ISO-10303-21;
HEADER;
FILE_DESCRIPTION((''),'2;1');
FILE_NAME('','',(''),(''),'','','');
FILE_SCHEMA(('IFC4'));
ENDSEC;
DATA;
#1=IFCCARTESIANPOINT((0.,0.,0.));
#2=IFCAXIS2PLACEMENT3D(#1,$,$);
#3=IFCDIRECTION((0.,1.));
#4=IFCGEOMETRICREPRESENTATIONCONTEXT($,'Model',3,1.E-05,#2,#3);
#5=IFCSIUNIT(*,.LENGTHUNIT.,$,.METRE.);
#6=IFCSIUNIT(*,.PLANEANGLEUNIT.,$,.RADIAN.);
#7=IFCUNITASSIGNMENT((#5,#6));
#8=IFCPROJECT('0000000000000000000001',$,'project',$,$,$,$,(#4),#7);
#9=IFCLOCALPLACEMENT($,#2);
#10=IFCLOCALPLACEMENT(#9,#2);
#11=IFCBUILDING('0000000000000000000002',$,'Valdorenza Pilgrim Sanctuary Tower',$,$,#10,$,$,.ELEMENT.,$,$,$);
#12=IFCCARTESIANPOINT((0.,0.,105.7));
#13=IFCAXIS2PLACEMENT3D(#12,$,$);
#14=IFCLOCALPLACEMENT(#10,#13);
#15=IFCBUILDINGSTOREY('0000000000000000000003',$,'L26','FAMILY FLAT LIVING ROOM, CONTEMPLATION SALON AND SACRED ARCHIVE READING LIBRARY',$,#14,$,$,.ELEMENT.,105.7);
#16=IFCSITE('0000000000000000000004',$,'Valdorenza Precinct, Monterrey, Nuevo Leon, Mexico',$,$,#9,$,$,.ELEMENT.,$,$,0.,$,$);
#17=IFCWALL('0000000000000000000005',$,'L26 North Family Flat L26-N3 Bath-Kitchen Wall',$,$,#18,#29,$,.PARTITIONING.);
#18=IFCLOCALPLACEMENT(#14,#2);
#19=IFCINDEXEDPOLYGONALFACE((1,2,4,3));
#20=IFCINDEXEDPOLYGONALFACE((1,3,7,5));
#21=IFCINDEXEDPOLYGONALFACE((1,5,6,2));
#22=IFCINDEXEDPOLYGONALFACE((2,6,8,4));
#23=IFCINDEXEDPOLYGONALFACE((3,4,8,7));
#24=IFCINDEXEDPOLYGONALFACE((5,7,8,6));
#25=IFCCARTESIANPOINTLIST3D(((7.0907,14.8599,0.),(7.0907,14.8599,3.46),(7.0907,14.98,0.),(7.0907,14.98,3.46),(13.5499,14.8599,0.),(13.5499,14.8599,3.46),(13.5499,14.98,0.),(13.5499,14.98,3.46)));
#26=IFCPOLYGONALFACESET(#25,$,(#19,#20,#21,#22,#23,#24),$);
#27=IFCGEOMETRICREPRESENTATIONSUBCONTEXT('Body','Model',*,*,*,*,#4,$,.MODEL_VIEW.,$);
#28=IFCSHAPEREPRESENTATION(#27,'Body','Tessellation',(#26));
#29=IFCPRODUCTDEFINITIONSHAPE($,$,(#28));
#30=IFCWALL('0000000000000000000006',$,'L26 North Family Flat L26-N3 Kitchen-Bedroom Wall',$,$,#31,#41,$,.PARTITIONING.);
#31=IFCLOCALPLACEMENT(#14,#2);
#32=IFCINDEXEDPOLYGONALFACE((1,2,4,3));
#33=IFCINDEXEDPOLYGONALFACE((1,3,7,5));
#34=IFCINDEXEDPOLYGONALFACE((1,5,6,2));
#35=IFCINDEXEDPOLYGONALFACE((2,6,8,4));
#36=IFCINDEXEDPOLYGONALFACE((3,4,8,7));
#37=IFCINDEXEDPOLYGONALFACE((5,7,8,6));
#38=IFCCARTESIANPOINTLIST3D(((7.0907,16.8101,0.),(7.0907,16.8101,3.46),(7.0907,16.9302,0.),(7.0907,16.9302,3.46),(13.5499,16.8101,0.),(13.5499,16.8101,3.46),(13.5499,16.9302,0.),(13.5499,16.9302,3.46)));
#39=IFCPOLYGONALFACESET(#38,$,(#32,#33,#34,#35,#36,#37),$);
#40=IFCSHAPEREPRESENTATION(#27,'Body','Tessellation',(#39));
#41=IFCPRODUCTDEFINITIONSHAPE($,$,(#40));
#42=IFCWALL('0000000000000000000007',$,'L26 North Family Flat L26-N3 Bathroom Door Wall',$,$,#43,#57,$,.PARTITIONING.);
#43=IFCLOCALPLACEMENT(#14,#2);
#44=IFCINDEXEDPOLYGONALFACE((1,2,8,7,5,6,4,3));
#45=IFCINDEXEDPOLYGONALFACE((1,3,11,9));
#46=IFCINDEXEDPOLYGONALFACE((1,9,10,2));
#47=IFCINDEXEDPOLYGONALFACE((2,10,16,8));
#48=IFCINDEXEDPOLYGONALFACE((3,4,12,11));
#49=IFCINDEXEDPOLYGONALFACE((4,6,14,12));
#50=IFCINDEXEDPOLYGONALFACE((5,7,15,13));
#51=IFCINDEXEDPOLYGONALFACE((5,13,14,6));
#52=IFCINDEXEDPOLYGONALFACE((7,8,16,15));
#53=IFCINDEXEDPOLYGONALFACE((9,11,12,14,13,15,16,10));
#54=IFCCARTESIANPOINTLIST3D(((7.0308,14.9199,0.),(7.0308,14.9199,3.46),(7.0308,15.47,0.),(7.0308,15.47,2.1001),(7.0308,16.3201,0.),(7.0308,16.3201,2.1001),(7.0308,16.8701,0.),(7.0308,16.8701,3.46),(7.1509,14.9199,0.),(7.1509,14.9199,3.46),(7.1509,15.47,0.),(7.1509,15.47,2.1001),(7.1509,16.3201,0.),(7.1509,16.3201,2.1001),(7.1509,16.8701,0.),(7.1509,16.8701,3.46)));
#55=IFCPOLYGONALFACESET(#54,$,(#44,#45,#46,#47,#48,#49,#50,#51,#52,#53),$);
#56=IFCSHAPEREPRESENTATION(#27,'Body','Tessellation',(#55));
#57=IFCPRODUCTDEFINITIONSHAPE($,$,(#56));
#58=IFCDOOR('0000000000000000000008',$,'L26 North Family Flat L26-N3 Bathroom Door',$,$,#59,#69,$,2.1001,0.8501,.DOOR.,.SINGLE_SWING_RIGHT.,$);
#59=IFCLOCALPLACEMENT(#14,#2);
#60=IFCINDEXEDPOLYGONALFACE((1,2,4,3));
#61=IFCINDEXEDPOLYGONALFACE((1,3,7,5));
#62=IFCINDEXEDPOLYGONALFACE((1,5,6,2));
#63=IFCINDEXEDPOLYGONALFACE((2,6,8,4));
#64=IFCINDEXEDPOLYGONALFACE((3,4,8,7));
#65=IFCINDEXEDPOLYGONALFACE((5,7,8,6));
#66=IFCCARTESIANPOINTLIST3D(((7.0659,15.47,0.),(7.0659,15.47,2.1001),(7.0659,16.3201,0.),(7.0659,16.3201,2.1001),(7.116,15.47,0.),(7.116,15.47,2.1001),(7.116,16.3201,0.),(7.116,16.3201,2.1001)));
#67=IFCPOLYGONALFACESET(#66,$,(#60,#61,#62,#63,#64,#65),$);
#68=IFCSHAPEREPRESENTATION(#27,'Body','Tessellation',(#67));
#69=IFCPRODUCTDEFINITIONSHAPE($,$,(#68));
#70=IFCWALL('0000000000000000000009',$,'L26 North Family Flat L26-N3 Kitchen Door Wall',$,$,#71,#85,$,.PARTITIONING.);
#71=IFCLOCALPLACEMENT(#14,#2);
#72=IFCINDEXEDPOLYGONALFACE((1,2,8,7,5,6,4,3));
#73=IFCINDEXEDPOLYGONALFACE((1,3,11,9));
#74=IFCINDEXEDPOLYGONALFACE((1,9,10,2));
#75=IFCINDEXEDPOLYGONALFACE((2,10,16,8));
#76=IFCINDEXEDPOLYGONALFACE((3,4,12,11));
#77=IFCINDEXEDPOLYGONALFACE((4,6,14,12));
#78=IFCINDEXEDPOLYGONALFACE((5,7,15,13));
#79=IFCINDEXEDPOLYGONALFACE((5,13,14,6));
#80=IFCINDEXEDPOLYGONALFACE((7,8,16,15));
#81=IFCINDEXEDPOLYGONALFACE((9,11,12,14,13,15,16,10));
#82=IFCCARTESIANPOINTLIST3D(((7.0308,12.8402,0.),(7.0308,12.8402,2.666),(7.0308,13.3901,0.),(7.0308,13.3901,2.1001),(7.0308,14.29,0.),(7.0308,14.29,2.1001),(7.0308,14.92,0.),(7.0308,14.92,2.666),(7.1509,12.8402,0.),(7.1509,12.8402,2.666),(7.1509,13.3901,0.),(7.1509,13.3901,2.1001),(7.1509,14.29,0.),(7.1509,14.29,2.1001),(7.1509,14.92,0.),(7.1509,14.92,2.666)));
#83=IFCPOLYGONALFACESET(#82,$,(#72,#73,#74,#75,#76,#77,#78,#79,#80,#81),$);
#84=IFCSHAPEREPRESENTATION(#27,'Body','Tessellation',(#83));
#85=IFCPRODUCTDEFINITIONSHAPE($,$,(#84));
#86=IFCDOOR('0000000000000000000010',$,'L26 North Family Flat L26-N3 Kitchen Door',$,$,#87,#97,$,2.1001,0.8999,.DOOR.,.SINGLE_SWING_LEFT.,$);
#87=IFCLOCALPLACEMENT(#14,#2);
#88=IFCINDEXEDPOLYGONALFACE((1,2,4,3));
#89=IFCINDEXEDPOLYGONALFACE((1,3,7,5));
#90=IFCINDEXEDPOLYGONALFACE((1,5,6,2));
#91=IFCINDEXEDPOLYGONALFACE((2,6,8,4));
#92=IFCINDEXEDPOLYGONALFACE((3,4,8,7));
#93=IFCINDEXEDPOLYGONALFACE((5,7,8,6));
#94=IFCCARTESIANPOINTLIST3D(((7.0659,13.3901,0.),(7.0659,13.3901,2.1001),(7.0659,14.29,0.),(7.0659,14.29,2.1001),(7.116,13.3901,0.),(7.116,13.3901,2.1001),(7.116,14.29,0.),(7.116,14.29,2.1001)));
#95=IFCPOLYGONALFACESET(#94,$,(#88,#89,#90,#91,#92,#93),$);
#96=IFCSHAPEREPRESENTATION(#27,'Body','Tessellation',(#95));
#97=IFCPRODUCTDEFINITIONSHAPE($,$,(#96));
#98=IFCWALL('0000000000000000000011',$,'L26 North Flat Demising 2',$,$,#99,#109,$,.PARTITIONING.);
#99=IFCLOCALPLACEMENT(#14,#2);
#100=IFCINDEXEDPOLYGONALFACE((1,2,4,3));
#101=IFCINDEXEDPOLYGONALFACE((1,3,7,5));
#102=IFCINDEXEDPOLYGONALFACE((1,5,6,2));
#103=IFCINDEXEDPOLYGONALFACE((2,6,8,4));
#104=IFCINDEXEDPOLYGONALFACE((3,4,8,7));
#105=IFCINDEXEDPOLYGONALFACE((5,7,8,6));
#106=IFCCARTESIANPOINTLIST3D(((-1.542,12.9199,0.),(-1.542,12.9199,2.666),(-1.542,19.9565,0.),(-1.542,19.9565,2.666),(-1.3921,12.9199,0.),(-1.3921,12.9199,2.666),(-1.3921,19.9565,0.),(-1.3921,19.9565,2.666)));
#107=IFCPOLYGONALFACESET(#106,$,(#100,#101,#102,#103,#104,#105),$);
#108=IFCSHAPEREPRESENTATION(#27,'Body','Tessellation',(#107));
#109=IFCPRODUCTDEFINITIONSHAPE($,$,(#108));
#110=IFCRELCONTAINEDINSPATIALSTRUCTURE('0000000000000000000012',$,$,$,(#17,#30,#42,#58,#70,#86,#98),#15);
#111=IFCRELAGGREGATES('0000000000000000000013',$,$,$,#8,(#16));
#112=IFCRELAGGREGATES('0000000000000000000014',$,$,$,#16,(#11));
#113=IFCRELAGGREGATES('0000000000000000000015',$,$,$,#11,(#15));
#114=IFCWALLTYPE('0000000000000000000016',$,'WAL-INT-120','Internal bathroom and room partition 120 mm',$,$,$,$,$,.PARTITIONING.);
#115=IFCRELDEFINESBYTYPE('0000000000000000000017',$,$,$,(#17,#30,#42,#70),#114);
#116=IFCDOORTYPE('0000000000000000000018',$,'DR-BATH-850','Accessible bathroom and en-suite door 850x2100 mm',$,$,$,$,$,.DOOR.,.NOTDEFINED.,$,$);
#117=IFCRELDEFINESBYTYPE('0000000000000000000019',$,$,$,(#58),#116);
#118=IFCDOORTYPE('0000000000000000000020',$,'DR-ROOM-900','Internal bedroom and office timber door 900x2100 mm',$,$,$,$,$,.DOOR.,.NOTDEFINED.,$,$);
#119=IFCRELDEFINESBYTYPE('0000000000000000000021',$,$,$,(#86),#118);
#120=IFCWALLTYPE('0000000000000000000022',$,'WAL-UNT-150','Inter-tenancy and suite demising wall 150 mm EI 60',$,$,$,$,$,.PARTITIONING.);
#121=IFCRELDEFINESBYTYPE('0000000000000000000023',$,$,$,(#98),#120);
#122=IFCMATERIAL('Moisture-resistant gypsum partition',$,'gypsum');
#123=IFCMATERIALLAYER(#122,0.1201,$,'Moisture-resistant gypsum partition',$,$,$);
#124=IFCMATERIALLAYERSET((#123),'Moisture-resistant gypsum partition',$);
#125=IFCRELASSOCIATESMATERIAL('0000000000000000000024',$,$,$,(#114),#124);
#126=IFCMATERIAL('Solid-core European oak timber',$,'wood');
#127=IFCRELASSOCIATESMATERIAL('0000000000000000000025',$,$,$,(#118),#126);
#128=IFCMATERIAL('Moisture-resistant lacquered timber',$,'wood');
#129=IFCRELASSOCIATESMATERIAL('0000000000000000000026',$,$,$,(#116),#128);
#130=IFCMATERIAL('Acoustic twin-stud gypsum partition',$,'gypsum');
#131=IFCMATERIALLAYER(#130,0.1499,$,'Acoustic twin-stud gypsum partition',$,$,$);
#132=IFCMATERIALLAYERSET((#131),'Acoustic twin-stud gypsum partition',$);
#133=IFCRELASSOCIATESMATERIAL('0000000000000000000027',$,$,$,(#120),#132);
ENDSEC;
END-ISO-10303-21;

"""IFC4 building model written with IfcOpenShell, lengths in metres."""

from ifc_helpers import new_model, si_unit, direction, frame, frame_2d, origin, place, context, subcontext, project, spatial, rectangle, extrude, material, layer, layer_set, type_object, element, fill, save


model = new_model("IFC4")

# Units and contexts
model_context = context("Model", 3, precision=1e-05, world=origin(), true_north=direction((0.0, 1.0)))
body_context = subcontext(model_context, "Body", "Model", "MODEL_VIEW")
ifc_project = project(units=[si_unit("LENGTHUNIT", "METRE"), si_unit("PLANEANGLEUNIT", "RADIAN")], contexts=[model_context])

# Site, building, storey
site_placement = place(None, origin())
site = spatial("IfcSite", under=ifc_project, at=site_placement, Name="Valdorenza Precinct, Monterrey, Nuevo Leon, Mexico", CompositionType="ELEMENT", RefElevation=0.0)
building_placement = place(site_placement, origin())
building = spatial("IfcBuilding", under=site, at=building_placement, Name="Valdorenza Pilgrim Sanctuary Tower", CompositionType="ELEMENT")
storey_placement = place(building_placement, frame((0.0, 0.0, 105.7)))
storey = spatial("IfcBuildingStorey", under=building, at=storey_placement, Name="L26", Description="FAMILY FLAT LIVING ROOM, CONTEMPLATION SALON AND SACRED ARCHIVE READING LIBRARY", CompositionType="ELEMENT", Elevation=105.7)

# Shared definitions
ifc_material_1 = material(Name="Moisture-resistant gypsum partition", Category="gypsum")
ifc_layer_1 = layer(ifc_material_1, 0.1201, Name="Moisture-resistant gypsum partition")
ifc_layer_set_1 = layer_set([ifc_layer_1], Name="Moisture-resistant gypsum partition")
wall_type_1 = type_object("IfcWallType", Name="WAL-INT-120", Description="Internal bathroom and room partition 120 mm", PredefinedType="PARTITIONING", material=ifc_layer_set_1)
ifc_material_2 = material(Name="Solid-core European oak timber", Category="wood")
door_type_1 = type_object("IfcDoorType", Name="DR-ROOM-900", Description="Internal bedroom and office timber door 900x2100 mm", OperationType="NOTDEFINED", PredefinedType="DOOR", material=ifc_material_2)

# Walls
for number, where, z_axis, x_axis, name in (
    (1, (7.0908, 14.9199, 0.0), (0.0, 0.0, 1.0), (1.0, 0.0, 0.0), "L26 North Family Flat L26-N3 Bath-Kitchen Wall"),
    (2, (7.0908, 16.8701, 0.0), (0.0, 0.0, 1.0), (1.0, 0.0, 0.0), "L26 North Family Flat L26-N3 Kitchen-Bedroom Wall"),
):
    element("IfcWall", number, at=place(storey_placement, frame(where, z_axis=z_axis, x_axis=x_axis)), inside=storey, type_object=wall_type_1, Name=name, PredefinedType="PARTITIONING", context=body_context, shape_type="SweptSolid", body=[
        extrude(rectangle(XDim=6.4592, YDim=0.1201, at=frame_2d((3.2295, 0.0))), origin(), (0.0, 0.0, 1.0), 3.46),
    ])

# Walls, openings, doors
wall_1_placement = place(storey_placement, frame((7.0908, 14.9199, 0.0), z_axis=(0.0, 0.0, 1.0), x_axis=(0.0, 1.0, 0.0)))
wall_1 = element("IfcWall", 3, at=wall_1_placement, inside=storey, type_object=wall_type_1, Name="L26 North Family Flat L26-N3 Bathroom Door Wall", PredefinedType="PARTITIONING", context=body_context, shape_type="SweptSolid", body=[
    extrude(rectangle(XDim=1.9502, YDim=0.1201, at=frame_2d((0.9751, 0.0))), origin(), (0.0, 0.0, 1.0), 3.46),
])
opening_1_placement = place(wall_1_placement, frame((0.55, 0.0, 0.0)))
opening_1 = element("IfcOpeningElement", 4, at=opening_1_placement, cuts=wall_1, PredefinedType="OPENING", context=body_context, shape_type="SweptSolid", body=[
    extrude(rectangle(XDim=0.8501, YDim=2.1001, at=frame_2d((0.425, 1.05))), frame((0.0, 0.075, 0.0), z_axis=(0.0, -1.0, 0.0), x_axis=(1.0, 0.0, 0.0)), (0.0, 0.0, 1.0), 0.1499),
])
ifc_material_3 = material(Name="Moisture-resistant lacquered timber", Category="wood")
door_type_2 = type_object("IfcDoorType", Name="DR-BATH-850", Description="Accessible bathroom and en-suite door 850x2100 mm", OperationType="NOTDEFINED", PredefinedType="DOOR", material=ifc_material_3)
door_1_placement = place(opening_1_placement, origin())
door_1 = element("IfcDoor", 5, at=door_1_placement, inside=storey, type_object=door_type_2, Name="L26 North Family Flat L26-N3 Bathroom Door", OperationType="SINGLE_SWING_RIGHT", OverallHeight=2.1001, OverallWidth=0.8501, PredefinedType="DOOR", context=body_context, shape_type="SweptSolid", body=[
    extrude(rectangle(XDim=0.8501, YDim=2.1001, at=frame_2d((0.425, 1.05))), frame((0.0, 0.0249, 0.0), z_axis=(0.0, -1.0, 0.0), x_axis=(1.0, 0.0, 0.0)), (0.0, 0.0, 1.0), 0.05),
])
fill(opening_1, door_1)
wall_2_placement = place(storey_placement, frame((7.0908, 12.8401, 0.0), z_axis=(0.0, 0.0, 1.0), x_axis=(0.0, 1.0, 0.0)))
wall_2 = element("IfcWall", 6, at=wall_2_placement, inside=storey, type_object=wall_type_1, Name="L26 North Family Flat L26-N3 Kitchen Door Wall", PredefinedType="PARTITIONING", context=body_context, shape_type="SweptSolid", body=[
    extrude(rectangle(XDim=2.0798, YDim=0.1201, at=frame_2d((1.04, 0.0))), origin(), (0.0, 0.0, 1.0), 2.666),
])
opening_2_placement = place(wall_2_placement, frame((0.55, 0.0, 0.0)))
opening_2 = element("IfcOpeningElement", 7, at=opening_2_placement, cuts=wall_2, PredefinedType="OPENING", context=body_context, shape_type="SweptSolid", body=[
    extrude(rectangle(XDim=0.8999, YDim=2.1001, at=frame_2d((0.45, 1.05))), frame((0.0, 0.075, 0.0), z_axis=(0.0, -1.0, 0.0), x_axis=(1.0, 0.0, 0.0)), (0.0, 0.0, 1.0), 0.1499),
])
door_2_placement = place(opening_2_placement, origin())
door_2 = element("IfcDoor", 8, at=door_2_placement, inside=storey, type_object=door_type_1, Name="L26 North Family Flat L26-N3 Kitchen Door", OperationType="SINGLE_SWING_LEFT", OverallHeight=2.1001, OverallWidth=0.8999, PredefinedType="DOOR", context=body_context, shape_type="SweptSolid", body=[
    extrude(rectangle(XDim=0.8999, YDim=2.1001, at=frame_2d((0.45, 1.05))), frame((0.0, 0.0249, 0.0), z_axis=(0.0, -1.0, 0.0), x_axis=(1.0, 0.0, 0.0)), (0.0, 0.0, 1.0), 0.05),
])
fill(opening_2, door_2)

# Wall
ifc_material_4 = material(Name="Acoustic twin-stud gypsum partition", Category="gypsum")
ifc_layer_2 = layer(ifc_material_4, 0.1499, Name="Acoustic twin-stud gypsum partition")
ifc_layer_set_2 = layer_set([ifc_layer_2], Name="Acoustic twin-stud gypsum partition")
wall_type_2 = type_object("IfcWallType", Name="WAL-UNT-150", Description="Inter-tenancy and suite demising wall 150 mm EI 60", PredefinedType="PARTITIONING", material=ifc_layer_set_2)
wall_3_placement = place(storey_placement, frame((-1.467, 12.9199, 0.0), z_axis=(0.0, 0.0, 1.0), x_axis=(0.0, 1.0, 0.0)))
element("IfcWall", 9, at=wall_3_placement, inside=storey, type_object=wall_type_2, Name="L26 North Flat Demising 2", PredefinedType="PARTITIONING", context=body_context, shape_type="SweptSolid", body=[
    extrude(rectangle(XDim=7.0366, YDim=0.1499, at=frame_2d((3.5183, 0.0))), origin(), (0.0, 0.0, 1.0), 2.666),
])

save(model, "model.ifc")
